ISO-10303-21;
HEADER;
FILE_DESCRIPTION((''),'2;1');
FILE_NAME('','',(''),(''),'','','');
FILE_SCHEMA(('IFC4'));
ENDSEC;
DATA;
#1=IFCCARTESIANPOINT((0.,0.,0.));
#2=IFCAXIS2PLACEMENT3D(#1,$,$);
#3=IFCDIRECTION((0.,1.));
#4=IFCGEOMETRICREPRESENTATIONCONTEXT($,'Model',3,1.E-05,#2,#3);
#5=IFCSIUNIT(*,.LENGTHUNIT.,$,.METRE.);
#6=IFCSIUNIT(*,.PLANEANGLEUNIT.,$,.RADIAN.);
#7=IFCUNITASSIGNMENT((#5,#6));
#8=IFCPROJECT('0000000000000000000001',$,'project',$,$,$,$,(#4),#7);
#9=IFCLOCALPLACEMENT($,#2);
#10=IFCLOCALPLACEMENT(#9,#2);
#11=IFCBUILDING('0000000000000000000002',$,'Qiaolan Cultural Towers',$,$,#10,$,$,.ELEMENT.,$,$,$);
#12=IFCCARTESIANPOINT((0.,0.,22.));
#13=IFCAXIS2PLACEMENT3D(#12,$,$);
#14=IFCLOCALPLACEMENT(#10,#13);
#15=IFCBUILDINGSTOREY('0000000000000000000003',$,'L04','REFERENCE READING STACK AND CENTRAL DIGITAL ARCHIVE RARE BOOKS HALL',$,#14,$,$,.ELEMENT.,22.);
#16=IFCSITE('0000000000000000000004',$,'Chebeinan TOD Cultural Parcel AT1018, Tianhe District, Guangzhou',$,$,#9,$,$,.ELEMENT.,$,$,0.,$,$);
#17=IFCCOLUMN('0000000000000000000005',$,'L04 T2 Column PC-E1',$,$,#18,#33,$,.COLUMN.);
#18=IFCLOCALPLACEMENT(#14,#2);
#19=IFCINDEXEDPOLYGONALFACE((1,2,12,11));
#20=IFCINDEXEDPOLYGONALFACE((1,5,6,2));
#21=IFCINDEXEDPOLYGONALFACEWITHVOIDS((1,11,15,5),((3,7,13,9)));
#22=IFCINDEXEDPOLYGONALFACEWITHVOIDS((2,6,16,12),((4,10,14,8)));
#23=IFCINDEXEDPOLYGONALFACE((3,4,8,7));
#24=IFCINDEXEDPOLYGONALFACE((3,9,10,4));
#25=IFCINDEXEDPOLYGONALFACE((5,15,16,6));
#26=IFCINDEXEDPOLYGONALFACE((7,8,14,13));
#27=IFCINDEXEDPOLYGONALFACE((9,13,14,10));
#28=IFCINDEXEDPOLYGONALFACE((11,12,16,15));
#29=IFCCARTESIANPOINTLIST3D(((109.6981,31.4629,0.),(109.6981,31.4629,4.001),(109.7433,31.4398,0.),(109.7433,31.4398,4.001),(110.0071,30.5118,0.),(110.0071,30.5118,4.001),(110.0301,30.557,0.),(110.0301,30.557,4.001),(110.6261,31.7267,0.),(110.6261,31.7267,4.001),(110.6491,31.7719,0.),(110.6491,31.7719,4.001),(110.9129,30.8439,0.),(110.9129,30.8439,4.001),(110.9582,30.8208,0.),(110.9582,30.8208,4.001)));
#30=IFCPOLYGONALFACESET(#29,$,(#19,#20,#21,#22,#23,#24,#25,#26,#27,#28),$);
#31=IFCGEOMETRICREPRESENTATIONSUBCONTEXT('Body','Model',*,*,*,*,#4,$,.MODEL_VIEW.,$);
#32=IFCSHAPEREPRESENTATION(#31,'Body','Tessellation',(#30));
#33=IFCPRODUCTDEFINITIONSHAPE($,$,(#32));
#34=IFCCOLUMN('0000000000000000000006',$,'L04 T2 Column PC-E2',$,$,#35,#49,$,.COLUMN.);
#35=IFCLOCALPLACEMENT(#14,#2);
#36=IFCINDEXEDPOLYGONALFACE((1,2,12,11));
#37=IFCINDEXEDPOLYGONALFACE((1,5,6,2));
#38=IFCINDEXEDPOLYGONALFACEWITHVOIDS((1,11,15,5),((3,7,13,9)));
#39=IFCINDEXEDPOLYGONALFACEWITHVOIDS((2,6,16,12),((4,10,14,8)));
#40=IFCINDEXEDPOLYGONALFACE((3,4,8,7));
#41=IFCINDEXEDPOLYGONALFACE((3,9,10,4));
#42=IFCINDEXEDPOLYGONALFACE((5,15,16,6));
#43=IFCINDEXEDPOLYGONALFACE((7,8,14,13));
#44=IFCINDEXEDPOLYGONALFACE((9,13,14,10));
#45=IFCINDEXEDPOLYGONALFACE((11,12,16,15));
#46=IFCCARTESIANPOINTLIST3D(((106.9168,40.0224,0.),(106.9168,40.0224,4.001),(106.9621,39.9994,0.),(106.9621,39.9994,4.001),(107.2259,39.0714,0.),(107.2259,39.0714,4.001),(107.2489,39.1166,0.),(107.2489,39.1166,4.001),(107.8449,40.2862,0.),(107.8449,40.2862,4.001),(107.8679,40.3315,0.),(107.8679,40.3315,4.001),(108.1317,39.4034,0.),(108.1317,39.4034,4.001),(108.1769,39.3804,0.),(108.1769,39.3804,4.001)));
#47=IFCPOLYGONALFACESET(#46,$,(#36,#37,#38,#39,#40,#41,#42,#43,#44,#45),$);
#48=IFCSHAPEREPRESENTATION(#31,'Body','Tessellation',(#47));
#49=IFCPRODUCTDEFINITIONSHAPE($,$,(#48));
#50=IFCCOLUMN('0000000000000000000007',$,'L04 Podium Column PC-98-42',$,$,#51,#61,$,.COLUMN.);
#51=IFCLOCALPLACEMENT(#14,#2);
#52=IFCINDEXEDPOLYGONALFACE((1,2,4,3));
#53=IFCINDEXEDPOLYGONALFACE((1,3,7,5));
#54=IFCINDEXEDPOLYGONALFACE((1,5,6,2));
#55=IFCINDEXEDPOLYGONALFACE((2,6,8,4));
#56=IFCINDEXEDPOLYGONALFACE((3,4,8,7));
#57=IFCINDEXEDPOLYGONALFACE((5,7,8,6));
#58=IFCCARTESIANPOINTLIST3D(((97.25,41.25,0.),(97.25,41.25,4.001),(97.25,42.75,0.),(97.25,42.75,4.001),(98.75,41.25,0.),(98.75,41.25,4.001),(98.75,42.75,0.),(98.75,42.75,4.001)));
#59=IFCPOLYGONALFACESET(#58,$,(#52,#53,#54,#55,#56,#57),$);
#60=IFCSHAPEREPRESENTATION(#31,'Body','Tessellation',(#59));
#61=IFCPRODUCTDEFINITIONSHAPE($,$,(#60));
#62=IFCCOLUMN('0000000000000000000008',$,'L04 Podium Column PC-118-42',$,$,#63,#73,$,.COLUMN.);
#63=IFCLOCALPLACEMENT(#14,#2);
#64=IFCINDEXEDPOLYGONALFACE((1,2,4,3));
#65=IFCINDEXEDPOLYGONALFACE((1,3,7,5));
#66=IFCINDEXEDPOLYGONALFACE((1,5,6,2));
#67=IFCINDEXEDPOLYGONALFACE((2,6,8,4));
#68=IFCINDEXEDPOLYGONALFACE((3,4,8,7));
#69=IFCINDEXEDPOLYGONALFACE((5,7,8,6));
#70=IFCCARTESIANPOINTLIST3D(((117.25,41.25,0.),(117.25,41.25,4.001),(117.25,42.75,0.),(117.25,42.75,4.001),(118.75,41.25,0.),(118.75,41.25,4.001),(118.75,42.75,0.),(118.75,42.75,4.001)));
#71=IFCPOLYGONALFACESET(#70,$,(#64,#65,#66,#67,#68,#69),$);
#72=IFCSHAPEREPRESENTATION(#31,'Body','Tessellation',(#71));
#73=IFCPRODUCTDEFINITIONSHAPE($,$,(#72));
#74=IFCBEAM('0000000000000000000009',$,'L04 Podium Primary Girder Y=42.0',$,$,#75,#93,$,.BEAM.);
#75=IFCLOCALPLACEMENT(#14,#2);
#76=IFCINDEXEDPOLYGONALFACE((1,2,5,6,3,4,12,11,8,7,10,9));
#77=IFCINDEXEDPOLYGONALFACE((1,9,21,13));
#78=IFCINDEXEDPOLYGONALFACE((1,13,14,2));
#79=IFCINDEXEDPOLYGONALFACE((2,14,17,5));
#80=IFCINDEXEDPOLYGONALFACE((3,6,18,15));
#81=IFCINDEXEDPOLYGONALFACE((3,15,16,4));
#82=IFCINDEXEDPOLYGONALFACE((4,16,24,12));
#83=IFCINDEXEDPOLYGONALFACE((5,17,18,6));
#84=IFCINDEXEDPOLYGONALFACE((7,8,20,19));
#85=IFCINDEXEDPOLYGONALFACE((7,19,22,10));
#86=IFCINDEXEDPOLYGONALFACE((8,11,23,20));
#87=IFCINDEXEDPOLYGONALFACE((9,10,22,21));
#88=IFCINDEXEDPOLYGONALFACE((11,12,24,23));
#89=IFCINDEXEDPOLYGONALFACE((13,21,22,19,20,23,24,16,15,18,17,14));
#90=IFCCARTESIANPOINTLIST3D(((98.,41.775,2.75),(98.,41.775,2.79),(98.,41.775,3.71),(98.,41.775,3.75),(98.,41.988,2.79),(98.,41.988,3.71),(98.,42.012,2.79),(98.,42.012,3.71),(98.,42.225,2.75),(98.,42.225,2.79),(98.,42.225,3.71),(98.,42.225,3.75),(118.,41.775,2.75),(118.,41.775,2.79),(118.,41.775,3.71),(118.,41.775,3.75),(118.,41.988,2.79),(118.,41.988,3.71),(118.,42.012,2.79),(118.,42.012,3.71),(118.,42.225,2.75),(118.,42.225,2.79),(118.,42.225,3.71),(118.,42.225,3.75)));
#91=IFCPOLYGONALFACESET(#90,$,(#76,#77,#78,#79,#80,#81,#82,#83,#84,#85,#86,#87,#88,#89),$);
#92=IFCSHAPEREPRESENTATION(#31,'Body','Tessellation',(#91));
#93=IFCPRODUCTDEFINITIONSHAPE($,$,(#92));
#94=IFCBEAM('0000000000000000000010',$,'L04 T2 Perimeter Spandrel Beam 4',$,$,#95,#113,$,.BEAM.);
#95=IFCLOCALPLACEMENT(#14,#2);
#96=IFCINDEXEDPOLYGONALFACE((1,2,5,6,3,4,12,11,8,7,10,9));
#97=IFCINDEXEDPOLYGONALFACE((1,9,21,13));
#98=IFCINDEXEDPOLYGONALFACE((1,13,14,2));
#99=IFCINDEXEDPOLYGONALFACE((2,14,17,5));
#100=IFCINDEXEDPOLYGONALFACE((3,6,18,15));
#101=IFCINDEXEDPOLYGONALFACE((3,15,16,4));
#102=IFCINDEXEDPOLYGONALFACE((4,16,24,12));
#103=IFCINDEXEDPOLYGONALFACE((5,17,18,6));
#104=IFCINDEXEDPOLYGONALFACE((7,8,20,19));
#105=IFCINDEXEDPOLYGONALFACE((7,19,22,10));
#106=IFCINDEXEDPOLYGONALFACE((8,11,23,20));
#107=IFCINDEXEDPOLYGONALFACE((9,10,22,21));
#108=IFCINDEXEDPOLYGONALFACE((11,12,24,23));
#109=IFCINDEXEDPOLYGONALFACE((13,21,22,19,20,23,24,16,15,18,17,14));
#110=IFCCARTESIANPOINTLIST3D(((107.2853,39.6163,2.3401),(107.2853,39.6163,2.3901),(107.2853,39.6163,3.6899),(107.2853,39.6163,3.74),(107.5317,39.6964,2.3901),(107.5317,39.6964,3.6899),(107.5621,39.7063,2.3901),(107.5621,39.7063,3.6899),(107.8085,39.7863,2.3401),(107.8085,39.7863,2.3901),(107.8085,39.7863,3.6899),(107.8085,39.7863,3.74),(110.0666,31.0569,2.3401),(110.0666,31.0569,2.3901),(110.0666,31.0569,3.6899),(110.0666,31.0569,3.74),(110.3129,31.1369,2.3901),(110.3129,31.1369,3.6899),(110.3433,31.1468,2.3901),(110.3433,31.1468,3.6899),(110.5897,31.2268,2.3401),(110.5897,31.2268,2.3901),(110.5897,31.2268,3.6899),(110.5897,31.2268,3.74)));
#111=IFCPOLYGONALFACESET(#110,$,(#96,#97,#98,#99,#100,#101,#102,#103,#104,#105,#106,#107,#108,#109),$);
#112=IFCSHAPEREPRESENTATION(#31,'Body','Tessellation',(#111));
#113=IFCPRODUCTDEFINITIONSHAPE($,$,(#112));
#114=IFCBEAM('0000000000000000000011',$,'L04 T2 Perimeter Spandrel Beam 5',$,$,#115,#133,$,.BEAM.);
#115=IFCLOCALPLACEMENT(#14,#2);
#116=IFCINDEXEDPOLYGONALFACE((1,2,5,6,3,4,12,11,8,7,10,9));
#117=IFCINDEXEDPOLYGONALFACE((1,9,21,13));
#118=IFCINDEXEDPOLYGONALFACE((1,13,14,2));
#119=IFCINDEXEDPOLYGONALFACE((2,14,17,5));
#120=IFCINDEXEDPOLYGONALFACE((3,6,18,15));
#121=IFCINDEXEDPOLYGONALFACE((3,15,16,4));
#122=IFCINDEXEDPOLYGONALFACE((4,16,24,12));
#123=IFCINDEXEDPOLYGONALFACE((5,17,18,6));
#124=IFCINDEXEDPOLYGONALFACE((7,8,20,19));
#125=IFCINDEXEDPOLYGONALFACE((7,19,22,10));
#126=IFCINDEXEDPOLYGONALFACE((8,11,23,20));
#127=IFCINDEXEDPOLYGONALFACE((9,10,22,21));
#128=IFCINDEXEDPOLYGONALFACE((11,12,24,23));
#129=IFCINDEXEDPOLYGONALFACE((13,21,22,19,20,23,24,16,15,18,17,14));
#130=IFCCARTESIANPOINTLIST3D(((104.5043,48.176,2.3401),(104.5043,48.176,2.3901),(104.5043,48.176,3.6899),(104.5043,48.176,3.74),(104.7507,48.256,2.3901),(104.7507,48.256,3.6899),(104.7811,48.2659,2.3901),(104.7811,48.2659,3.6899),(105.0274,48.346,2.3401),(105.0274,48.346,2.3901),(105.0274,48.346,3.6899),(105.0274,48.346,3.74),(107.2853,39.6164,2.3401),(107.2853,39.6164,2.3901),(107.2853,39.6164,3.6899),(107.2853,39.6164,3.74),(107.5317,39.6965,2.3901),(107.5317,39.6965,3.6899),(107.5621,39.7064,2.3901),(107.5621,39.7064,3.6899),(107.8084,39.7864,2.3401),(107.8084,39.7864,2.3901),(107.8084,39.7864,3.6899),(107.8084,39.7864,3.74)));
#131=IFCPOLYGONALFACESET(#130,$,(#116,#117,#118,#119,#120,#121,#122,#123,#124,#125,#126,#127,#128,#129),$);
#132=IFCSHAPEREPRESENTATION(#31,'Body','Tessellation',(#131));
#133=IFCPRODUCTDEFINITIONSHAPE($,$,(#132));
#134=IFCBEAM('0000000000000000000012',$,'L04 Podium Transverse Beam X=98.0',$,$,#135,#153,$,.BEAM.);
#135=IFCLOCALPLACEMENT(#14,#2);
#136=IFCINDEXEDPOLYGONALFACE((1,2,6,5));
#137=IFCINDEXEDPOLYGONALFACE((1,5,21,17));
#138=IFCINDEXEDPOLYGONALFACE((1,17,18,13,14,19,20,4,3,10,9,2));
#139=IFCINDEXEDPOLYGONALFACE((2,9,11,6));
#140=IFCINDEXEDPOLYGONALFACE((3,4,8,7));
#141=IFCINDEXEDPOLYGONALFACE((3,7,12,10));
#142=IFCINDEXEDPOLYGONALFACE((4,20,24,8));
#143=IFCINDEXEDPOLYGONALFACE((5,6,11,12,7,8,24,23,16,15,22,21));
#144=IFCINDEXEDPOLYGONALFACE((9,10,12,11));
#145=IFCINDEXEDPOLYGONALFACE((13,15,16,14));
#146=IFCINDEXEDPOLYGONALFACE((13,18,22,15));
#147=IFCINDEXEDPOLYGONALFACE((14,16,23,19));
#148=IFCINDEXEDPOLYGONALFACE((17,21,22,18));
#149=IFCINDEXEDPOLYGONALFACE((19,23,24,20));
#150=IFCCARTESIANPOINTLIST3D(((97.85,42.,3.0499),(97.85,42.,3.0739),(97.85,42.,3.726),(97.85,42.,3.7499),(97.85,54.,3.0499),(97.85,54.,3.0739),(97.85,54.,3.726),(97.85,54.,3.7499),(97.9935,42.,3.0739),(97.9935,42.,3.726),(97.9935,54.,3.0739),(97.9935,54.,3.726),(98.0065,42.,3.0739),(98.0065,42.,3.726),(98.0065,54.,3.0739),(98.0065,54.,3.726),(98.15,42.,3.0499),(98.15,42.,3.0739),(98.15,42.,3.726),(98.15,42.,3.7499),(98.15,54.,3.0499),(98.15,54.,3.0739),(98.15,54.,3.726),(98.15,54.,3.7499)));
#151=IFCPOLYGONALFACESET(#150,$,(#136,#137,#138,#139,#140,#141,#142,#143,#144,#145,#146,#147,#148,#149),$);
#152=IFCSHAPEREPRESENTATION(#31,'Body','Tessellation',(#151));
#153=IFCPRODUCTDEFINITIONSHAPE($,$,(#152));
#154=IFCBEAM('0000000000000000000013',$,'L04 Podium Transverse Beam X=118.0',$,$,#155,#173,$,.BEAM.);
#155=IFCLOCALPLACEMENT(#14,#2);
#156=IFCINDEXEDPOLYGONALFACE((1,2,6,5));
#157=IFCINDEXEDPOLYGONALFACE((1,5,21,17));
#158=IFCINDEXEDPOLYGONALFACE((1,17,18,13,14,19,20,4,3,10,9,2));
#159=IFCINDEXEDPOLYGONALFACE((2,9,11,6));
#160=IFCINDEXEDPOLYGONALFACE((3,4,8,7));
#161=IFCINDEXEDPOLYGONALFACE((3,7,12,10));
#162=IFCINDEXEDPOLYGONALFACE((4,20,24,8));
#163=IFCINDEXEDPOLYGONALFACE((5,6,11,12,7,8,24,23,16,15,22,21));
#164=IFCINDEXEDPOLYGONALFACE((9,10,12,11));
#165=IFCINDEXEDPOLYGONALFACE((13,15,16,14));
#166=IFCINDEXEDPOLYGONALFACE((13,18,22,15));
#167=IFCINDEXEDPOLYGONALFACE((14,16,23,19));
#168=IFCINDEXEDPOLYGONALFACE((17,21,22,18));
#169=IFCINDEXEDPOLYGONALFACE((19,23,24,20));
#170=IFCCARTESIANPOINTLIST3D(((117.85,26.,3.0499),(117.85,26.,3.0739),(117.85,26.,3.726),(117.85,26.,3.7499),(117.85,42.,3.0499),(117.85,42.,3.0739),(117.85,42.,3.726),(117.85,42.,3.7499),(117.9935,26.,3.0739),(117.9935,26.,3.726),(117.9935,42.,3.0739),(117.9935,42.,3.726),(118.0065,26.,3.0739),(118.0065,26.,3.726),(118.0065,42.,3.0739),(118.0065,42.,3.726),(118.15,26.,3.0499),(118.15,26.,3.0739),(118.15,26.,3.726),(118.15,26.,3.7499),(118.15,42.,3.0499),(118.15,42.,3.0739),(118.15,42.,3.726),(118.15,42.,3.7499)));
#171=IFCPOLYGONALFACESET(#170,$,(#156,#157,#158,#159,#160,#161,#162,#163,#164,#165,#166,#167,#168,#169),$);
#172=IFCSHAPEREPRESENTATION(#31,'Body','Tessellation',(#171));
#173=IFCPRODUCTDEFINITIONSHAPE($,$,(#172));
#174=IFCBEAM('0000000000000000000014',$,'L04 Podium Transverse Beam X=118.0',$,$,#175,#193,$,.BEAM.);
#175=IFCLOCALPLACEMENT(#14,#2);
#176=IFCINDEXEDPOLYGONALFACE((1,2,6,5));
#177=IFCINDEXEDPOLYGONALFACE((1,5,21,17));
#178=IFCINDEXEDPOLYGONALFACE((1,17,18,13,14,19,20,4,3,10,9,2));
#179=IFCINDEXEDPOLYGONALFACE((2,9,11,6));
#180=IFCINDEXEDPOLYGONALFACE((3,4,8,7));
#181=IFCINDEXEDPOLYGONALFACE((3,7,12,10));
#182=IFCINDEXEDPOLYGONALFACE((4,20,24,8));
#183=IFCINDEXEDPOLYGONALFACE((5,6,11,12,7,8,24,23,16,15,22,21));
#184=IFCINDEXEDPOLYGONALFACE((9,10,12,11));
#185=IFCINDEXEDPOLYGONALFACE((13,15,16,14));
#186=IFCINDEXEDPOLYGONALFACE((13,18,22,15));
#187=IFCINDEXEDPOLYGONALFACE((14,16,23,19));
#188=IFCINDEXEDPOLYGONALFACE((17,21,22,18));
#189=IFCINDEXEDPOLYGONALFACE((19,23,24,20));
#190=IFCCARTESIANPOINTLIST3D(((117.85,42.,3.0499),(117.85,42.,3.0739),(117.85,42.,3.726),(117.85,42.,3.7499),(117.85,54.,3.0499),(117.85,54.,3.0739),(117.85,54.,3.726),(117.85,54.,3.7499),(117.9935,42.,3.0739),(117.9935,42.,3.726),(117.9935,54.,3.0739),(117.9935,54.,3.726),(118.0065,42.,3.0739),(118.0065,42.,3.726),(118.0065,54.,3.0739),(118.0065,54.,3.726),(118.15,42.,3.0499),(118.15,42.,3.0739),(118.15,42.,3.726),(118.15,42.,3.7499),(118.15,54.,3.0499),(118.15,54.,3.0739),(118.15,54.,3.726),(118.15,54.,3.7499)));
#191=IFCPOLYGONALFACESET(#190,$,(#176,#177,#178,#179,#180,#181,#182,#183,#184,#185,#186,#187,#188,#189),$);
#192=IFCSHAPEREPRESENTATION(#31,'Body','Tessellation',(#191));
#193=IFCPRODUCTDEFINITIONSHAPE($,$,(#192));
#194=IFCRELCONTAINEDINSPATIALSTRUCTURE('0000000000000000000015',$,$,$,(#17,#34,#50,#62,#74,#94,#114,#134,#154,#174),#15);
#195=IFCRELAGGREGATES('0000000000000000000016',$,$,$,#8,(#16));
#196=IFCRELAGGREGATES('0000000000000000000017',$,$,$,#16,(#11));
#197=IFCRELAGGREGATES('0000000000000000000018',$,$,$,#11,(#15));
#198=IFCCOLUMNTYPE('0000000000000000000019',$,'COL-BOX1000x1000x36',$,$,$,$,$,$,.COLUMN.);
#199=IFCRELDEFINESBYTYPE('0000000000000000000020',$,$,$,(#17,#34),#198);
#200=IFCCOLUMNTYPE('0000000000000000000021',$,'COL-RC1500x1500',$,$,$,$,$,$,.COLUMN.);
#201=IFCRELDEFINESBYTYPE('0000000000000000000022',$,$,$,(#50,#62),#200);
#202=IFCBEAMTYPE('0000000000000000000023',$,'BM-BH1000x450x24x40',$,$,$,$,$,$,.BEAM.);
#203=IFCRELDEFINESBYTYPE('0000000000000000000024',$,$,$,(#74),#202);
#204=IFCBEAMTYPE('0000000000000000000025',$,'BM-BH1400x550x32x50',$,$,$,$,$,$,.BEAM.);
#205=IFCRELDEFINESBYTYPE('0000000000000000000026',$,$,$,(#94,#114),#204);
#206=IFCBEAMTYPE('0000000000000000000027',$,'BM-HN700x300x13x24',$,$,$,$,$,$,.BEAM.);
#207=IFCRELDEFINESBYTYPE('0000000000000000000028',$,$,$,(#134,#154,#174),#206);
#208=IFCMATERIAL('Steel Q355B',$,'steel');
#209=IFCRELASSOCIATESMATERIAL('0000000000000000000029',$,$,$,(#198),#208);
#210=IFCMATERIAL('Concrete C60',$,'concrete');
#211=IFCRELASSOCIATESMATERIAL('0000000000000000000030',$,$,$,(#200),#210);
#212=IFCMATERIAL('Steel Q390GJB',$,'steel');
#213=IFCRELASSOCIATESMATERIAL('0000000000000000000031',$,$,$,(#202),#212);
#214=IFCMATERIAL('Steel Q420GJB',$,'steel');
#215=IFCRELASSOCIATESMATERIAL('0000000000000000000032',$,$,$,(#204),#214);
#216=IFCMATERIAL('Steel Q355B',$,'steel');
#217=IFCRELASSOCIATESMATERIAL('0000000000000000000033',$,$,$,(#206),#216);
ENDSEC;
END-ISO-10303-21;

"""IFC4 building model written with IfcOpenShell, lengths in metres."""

from ifc_helpers import new_model, si_unit, direction, frame, origin, origin_2d, place, context, subcontext, project, spatial, rectangle, hollow_rectangle, i_section, extrude, material, material_profile, profile_set, type_object, element, save


model = new_model("IFC4")

# Units and contexts
model_context = context("Model", 3, precision=1e-05, world=origin(), true_north=direction((0.0, 1.0)))
body_context = subcontext(model_context, "Body", "Model", "MODEL_VIEW")
ifc_project = project(units=[si_unit("LENGTHUNIT", "METRE"), si_unit("PLANEANGLEUNIT", "RADIAN")], contexts=[model_context])

# Site, building, storey
site_placement = place(None, origin())
site = spatial("IfcSite", under=ifc_project, at=site_placement, Name="Chebeinan TOD Cultural Parcel AT1018, Tianhe District, Guangzhou", CompositionType="ELEMENT", RefElevation=0.0)
building_placement = place(site_placement, origin())
building = spatial("IfcBuilding", under=site, at=building_placement, Name="Qiaolan Cultural Towers", CompositionType="ELEMENT")
storey_placement = place(building_placement, frame((0.0, 0.0, 22.0)))
storey = spatial("IfcBuildingStorey", under=building, at=storey_placement, Name="L04", Description="REFERENCE READING STACK AND CENTRAL DIGITAL ARCHIVE RARE BOOKS HALL", CompositionType="ELEMENT", Elevation=22.0)

# Columns
ifc_material_1 = material(Name="Steel Q355B", Category="steel")
ifc_material_profile_1 = material_profile(ifc_material_1, hollow_rectangle(XDim=1.0, YDim=1.0, WallThickness=0.0359, at=origin_2d()), Name="BOX1000x1000x36")
ifc_profile_set_1 = profile_set([ifc_material_profile_1], Name="Steel Q355B")
column_type_1 = type_object("IfcColumnType", Name="COL-BOX1000x1000x36", PredefinedType="COLUMN", material=ifc_profile_set_1)
for number, where, z_axis, x_axis, name in (
    (1, (110.3281, 31.1418, 0.0), (0.0, 0.0, 1.0), (0.951057, 0.309017, 0.0), "L04 T2 Column PC-E1"),
    (2, (107.5469, 39.7014, 0.0), (0.0, 0.0, 1.0), (0.951057, 0.309017, 0.0), "L04 T2 Column PC-E2"),
):
    element("IfcColumn", number, at=place(storey_placement, frame(where, z_axis=z_axis, x_axis=x_axis)), inside=storey, type_object=column_type_1, Name=name, PredefinedType="COLUMN", context=body_context, shape_type="SweptSolid", body=[
        extrude(hollow_rectangle(XDim=1.0, YDim=1.0, WallThickness=0.0359, at=origin_2d()), origin(), (0.0, 0.0, 1.0), 4.001),
    ])
ifc_material_2 = material(Name="Concrete C60", Category="concrete")
ifc_material_profile_2 = material_profile(ifc_material_2, rectangle(XDim=1.5, YDim=1.5, at=origin_2d()), Name="RC1500x1500")
ifc_profile_set_2 = profile_set([ifc_material_profile_2], Name="Concrete C60")
column_type_2 = type_object("IfcColumnType", Name="COL-RC1500x1500", PredefinedType="COLUMN", material=ifc_profile_set_2)
for number, where, z_axis, x_axis, name in (
    (3, (98.0, 42.0, 0.0), (0.0, 0.0, 1.0), (1.0, 0.0, 0.0), "L04 Podium Column PC-98-42"),
    (4, (118.0, 42.0, 0.0), (0.0, 0.0, 1.0), (1.0, 0.0, 0.0), "L04 Podium Column PC-118-42"),
):
    element("IfcColumn", number, at=place(storey_placement, frame(where, z_axis=z_axis, x_axis=x_axis)), inside=storey, type_object=column_type_2, Name=name, PredefinedType="COLUMN", context=body_context, shape_type="SweptSolid", body=[
        extrude(rectangle(XDim=1.5, YDim=1.5, at=origin_2d()), origin(), (0.0, 0.0, 1.0), 4.001),
    ])

# Beams
ifc_material_3 = material(Name="Steel Q390GJB", Category="steel")
ifc_material_profile_3 = material_profile(ifc_material_3, i_section(OverallWidth=0.45, OverallDepth=1.0, WebThickness=0.0239, FlangeThickness=0.04, at=origin_2d()), Name="BH1000x450x24x40")
ifc_profile_set_3 = profile_set([ifc_material_profile_3], Name="Steel Q390GJB")
beam_type_1 = type_object("IfcBeamType", Name="BM-BH1000x450x24x40", PredefinedType="BEAM", material=ifc_profile_set_3)
beam_1_placement = place(storey_placement, frame((98.0, 42.0, 3.25), z_axis=(1.0, 0.0, 0.0), x_axis=(0.0, 1.0, 0.0)))
element("IfcBeam", 5, at=beam_1_placement, inside=storey, type_object=beam_type_1, Name="L04 Podium Primary Girder Y=42.0", PredefinedType="BEAM", context=body_context, shape_type="SweptSolid", body=[
    extrude(i_section(OverallWidth=0.45, OverallDepth=1.0, WebThickness=0.0239, FlangeThickness=0.04, at=origin_2d()), origin(), (0.0, 0.0, 1.0), 20.0),
])
ifc_material_4 = material(Name="Steel Q420GJB", Category="steel")
ifc_material_profile_4 = material_profile(ifc_material_4, i_section(OverallWidth=0.55, OverallDepth=1.3999, WebThickness=0.032, FlangeThickness=0.05, at=origin_2d()), Name="BH1400x550x32x50")
ifc_profile_set_4 = profile_set([ifc_material_profile_4], Name="Steel Q420GJB")
beam_type_2 = type_object("IfcBeamType", Name="BM-BH1400x550x32x50", PredefinedType="BEAM", material=ifc_profile_set_4)
for number, where, z_axis, x_axis, name in (
    (6, (110.3281, 31.1418, 3.04), (-0.309025, 0.951054, 0.0), (-0.951054, -0.309025, 0.0), "L04 T2 Perimeter Spandrel Beam 4"),
    (7, (107.5469, 39.7014, 3.04), (-0.309, 0.951062, 0.0), (-0.951062, -0.309, 0.0), "L04 T2 Perimeter Spandrel Beam 5"),
):
    element("IfcBeam", number, at=place(storey_placement, frame(where, z_axis=z_axis, x_axis=x_axis)), inside=storey, type_object=beam_type_2, Name=name, PredefinedType="BEAM", context=body_context, shape_type="SweptSolid", body=[
        extrude(i_section(OverallWidth=0.55, OverallDepth=1.3999, WebThickness=0.032, FlangeThickness=0.05, at=origin_2d()), origin(), (0.0, 0.0, 1.0), 9.0),
    ])
ifc_material_5 = material(Name="Steel Q355B", Category="steel")
ifc_material_profile_5 = material_profile(ifc_material_5, i_section(OverallWidth=0.3, OverallDepth=0.7, WebThickness=0.0129, FlangeThickness=0.0239, at=origin_2d()), Name="HN700x300x13x24")
ifc_profile_set_5 = profile_set([ifc_material_profile_5], Name="Steel Q355B")
beam_type_3 = type_object("IfcBeamType", Name="BM-HN700x300x13x24", PredefinedType="BEAM", material=ifc_profile_set_5)
beam_2_placement = place(storey_placement, frame((98.0, 42.0, 3.3999), z_axis=(0.0, 1.0, 0.0), x_axis=(-1.0, 0.0, 0.0)))
element("IfcBeam", 8, at=beam_2_placement, inside=storey, type_object=beam_type_3, Name="L04 Podium Transverse Beam X=98.0", PredefinedType="BEAM", context=body_context, shape_type="SweptSolid", body=[
    extrude(i_section(OverallWidth=0.3, OverallDepth=0.7, WebThickness=0.0129, FlangeThickness=0.0239, at=origin_2d()), origin(), (0.0, 0.0, 1.0), 12.0),
])
beam_3_placement = place(storey_placement, frame((118.0, 26.0, 3.3999), z_axis=(0.0, 1.0, 0.0), x_axis=(-1.0, 0.0, 0.0)))
element("IfcBeam", 9, at=beam_3_placement, inside=storey, type_object=beam_type_3, Name="L04 Podium Transverse Beam X=118.0", PredefinedType="BEAM", context=body_context, shape_type="SweptSolid", body=[
    extrude(i_section(OverallWidth=0.3, OverallDepth=0.7, WebThickness=0.0129, FlangeThickness=0.0239, at=origin_2d()), origin(), (0.0, 0.0, 1.0), 16.0),
])
beam_4_placement = place(storey_placement, frame((118.0, 42.0, 3.3999), z_axis=(0.0, 1.0, 0.0), x_axis=(-1.0, 0.0, 0.0)))
element("IfcBeam", 10, at=beam_4_placement, inside=storey, type_object=beam_type_3, Name="L04 Podium Transverse Beam X=118.0", PredefinedType="BEAM", context=body_context, shape_type="SweptSolid", body=[
    extrude(i_section(OverallWidth=0.3, OverallDepth=0.7, WebThickness=0.0129, FlangeThickness=0.0239, at=origin_2d()), origin(), (0.0, 0.0, 1.0), 12.0),
])

save(model, "model.ifc")
